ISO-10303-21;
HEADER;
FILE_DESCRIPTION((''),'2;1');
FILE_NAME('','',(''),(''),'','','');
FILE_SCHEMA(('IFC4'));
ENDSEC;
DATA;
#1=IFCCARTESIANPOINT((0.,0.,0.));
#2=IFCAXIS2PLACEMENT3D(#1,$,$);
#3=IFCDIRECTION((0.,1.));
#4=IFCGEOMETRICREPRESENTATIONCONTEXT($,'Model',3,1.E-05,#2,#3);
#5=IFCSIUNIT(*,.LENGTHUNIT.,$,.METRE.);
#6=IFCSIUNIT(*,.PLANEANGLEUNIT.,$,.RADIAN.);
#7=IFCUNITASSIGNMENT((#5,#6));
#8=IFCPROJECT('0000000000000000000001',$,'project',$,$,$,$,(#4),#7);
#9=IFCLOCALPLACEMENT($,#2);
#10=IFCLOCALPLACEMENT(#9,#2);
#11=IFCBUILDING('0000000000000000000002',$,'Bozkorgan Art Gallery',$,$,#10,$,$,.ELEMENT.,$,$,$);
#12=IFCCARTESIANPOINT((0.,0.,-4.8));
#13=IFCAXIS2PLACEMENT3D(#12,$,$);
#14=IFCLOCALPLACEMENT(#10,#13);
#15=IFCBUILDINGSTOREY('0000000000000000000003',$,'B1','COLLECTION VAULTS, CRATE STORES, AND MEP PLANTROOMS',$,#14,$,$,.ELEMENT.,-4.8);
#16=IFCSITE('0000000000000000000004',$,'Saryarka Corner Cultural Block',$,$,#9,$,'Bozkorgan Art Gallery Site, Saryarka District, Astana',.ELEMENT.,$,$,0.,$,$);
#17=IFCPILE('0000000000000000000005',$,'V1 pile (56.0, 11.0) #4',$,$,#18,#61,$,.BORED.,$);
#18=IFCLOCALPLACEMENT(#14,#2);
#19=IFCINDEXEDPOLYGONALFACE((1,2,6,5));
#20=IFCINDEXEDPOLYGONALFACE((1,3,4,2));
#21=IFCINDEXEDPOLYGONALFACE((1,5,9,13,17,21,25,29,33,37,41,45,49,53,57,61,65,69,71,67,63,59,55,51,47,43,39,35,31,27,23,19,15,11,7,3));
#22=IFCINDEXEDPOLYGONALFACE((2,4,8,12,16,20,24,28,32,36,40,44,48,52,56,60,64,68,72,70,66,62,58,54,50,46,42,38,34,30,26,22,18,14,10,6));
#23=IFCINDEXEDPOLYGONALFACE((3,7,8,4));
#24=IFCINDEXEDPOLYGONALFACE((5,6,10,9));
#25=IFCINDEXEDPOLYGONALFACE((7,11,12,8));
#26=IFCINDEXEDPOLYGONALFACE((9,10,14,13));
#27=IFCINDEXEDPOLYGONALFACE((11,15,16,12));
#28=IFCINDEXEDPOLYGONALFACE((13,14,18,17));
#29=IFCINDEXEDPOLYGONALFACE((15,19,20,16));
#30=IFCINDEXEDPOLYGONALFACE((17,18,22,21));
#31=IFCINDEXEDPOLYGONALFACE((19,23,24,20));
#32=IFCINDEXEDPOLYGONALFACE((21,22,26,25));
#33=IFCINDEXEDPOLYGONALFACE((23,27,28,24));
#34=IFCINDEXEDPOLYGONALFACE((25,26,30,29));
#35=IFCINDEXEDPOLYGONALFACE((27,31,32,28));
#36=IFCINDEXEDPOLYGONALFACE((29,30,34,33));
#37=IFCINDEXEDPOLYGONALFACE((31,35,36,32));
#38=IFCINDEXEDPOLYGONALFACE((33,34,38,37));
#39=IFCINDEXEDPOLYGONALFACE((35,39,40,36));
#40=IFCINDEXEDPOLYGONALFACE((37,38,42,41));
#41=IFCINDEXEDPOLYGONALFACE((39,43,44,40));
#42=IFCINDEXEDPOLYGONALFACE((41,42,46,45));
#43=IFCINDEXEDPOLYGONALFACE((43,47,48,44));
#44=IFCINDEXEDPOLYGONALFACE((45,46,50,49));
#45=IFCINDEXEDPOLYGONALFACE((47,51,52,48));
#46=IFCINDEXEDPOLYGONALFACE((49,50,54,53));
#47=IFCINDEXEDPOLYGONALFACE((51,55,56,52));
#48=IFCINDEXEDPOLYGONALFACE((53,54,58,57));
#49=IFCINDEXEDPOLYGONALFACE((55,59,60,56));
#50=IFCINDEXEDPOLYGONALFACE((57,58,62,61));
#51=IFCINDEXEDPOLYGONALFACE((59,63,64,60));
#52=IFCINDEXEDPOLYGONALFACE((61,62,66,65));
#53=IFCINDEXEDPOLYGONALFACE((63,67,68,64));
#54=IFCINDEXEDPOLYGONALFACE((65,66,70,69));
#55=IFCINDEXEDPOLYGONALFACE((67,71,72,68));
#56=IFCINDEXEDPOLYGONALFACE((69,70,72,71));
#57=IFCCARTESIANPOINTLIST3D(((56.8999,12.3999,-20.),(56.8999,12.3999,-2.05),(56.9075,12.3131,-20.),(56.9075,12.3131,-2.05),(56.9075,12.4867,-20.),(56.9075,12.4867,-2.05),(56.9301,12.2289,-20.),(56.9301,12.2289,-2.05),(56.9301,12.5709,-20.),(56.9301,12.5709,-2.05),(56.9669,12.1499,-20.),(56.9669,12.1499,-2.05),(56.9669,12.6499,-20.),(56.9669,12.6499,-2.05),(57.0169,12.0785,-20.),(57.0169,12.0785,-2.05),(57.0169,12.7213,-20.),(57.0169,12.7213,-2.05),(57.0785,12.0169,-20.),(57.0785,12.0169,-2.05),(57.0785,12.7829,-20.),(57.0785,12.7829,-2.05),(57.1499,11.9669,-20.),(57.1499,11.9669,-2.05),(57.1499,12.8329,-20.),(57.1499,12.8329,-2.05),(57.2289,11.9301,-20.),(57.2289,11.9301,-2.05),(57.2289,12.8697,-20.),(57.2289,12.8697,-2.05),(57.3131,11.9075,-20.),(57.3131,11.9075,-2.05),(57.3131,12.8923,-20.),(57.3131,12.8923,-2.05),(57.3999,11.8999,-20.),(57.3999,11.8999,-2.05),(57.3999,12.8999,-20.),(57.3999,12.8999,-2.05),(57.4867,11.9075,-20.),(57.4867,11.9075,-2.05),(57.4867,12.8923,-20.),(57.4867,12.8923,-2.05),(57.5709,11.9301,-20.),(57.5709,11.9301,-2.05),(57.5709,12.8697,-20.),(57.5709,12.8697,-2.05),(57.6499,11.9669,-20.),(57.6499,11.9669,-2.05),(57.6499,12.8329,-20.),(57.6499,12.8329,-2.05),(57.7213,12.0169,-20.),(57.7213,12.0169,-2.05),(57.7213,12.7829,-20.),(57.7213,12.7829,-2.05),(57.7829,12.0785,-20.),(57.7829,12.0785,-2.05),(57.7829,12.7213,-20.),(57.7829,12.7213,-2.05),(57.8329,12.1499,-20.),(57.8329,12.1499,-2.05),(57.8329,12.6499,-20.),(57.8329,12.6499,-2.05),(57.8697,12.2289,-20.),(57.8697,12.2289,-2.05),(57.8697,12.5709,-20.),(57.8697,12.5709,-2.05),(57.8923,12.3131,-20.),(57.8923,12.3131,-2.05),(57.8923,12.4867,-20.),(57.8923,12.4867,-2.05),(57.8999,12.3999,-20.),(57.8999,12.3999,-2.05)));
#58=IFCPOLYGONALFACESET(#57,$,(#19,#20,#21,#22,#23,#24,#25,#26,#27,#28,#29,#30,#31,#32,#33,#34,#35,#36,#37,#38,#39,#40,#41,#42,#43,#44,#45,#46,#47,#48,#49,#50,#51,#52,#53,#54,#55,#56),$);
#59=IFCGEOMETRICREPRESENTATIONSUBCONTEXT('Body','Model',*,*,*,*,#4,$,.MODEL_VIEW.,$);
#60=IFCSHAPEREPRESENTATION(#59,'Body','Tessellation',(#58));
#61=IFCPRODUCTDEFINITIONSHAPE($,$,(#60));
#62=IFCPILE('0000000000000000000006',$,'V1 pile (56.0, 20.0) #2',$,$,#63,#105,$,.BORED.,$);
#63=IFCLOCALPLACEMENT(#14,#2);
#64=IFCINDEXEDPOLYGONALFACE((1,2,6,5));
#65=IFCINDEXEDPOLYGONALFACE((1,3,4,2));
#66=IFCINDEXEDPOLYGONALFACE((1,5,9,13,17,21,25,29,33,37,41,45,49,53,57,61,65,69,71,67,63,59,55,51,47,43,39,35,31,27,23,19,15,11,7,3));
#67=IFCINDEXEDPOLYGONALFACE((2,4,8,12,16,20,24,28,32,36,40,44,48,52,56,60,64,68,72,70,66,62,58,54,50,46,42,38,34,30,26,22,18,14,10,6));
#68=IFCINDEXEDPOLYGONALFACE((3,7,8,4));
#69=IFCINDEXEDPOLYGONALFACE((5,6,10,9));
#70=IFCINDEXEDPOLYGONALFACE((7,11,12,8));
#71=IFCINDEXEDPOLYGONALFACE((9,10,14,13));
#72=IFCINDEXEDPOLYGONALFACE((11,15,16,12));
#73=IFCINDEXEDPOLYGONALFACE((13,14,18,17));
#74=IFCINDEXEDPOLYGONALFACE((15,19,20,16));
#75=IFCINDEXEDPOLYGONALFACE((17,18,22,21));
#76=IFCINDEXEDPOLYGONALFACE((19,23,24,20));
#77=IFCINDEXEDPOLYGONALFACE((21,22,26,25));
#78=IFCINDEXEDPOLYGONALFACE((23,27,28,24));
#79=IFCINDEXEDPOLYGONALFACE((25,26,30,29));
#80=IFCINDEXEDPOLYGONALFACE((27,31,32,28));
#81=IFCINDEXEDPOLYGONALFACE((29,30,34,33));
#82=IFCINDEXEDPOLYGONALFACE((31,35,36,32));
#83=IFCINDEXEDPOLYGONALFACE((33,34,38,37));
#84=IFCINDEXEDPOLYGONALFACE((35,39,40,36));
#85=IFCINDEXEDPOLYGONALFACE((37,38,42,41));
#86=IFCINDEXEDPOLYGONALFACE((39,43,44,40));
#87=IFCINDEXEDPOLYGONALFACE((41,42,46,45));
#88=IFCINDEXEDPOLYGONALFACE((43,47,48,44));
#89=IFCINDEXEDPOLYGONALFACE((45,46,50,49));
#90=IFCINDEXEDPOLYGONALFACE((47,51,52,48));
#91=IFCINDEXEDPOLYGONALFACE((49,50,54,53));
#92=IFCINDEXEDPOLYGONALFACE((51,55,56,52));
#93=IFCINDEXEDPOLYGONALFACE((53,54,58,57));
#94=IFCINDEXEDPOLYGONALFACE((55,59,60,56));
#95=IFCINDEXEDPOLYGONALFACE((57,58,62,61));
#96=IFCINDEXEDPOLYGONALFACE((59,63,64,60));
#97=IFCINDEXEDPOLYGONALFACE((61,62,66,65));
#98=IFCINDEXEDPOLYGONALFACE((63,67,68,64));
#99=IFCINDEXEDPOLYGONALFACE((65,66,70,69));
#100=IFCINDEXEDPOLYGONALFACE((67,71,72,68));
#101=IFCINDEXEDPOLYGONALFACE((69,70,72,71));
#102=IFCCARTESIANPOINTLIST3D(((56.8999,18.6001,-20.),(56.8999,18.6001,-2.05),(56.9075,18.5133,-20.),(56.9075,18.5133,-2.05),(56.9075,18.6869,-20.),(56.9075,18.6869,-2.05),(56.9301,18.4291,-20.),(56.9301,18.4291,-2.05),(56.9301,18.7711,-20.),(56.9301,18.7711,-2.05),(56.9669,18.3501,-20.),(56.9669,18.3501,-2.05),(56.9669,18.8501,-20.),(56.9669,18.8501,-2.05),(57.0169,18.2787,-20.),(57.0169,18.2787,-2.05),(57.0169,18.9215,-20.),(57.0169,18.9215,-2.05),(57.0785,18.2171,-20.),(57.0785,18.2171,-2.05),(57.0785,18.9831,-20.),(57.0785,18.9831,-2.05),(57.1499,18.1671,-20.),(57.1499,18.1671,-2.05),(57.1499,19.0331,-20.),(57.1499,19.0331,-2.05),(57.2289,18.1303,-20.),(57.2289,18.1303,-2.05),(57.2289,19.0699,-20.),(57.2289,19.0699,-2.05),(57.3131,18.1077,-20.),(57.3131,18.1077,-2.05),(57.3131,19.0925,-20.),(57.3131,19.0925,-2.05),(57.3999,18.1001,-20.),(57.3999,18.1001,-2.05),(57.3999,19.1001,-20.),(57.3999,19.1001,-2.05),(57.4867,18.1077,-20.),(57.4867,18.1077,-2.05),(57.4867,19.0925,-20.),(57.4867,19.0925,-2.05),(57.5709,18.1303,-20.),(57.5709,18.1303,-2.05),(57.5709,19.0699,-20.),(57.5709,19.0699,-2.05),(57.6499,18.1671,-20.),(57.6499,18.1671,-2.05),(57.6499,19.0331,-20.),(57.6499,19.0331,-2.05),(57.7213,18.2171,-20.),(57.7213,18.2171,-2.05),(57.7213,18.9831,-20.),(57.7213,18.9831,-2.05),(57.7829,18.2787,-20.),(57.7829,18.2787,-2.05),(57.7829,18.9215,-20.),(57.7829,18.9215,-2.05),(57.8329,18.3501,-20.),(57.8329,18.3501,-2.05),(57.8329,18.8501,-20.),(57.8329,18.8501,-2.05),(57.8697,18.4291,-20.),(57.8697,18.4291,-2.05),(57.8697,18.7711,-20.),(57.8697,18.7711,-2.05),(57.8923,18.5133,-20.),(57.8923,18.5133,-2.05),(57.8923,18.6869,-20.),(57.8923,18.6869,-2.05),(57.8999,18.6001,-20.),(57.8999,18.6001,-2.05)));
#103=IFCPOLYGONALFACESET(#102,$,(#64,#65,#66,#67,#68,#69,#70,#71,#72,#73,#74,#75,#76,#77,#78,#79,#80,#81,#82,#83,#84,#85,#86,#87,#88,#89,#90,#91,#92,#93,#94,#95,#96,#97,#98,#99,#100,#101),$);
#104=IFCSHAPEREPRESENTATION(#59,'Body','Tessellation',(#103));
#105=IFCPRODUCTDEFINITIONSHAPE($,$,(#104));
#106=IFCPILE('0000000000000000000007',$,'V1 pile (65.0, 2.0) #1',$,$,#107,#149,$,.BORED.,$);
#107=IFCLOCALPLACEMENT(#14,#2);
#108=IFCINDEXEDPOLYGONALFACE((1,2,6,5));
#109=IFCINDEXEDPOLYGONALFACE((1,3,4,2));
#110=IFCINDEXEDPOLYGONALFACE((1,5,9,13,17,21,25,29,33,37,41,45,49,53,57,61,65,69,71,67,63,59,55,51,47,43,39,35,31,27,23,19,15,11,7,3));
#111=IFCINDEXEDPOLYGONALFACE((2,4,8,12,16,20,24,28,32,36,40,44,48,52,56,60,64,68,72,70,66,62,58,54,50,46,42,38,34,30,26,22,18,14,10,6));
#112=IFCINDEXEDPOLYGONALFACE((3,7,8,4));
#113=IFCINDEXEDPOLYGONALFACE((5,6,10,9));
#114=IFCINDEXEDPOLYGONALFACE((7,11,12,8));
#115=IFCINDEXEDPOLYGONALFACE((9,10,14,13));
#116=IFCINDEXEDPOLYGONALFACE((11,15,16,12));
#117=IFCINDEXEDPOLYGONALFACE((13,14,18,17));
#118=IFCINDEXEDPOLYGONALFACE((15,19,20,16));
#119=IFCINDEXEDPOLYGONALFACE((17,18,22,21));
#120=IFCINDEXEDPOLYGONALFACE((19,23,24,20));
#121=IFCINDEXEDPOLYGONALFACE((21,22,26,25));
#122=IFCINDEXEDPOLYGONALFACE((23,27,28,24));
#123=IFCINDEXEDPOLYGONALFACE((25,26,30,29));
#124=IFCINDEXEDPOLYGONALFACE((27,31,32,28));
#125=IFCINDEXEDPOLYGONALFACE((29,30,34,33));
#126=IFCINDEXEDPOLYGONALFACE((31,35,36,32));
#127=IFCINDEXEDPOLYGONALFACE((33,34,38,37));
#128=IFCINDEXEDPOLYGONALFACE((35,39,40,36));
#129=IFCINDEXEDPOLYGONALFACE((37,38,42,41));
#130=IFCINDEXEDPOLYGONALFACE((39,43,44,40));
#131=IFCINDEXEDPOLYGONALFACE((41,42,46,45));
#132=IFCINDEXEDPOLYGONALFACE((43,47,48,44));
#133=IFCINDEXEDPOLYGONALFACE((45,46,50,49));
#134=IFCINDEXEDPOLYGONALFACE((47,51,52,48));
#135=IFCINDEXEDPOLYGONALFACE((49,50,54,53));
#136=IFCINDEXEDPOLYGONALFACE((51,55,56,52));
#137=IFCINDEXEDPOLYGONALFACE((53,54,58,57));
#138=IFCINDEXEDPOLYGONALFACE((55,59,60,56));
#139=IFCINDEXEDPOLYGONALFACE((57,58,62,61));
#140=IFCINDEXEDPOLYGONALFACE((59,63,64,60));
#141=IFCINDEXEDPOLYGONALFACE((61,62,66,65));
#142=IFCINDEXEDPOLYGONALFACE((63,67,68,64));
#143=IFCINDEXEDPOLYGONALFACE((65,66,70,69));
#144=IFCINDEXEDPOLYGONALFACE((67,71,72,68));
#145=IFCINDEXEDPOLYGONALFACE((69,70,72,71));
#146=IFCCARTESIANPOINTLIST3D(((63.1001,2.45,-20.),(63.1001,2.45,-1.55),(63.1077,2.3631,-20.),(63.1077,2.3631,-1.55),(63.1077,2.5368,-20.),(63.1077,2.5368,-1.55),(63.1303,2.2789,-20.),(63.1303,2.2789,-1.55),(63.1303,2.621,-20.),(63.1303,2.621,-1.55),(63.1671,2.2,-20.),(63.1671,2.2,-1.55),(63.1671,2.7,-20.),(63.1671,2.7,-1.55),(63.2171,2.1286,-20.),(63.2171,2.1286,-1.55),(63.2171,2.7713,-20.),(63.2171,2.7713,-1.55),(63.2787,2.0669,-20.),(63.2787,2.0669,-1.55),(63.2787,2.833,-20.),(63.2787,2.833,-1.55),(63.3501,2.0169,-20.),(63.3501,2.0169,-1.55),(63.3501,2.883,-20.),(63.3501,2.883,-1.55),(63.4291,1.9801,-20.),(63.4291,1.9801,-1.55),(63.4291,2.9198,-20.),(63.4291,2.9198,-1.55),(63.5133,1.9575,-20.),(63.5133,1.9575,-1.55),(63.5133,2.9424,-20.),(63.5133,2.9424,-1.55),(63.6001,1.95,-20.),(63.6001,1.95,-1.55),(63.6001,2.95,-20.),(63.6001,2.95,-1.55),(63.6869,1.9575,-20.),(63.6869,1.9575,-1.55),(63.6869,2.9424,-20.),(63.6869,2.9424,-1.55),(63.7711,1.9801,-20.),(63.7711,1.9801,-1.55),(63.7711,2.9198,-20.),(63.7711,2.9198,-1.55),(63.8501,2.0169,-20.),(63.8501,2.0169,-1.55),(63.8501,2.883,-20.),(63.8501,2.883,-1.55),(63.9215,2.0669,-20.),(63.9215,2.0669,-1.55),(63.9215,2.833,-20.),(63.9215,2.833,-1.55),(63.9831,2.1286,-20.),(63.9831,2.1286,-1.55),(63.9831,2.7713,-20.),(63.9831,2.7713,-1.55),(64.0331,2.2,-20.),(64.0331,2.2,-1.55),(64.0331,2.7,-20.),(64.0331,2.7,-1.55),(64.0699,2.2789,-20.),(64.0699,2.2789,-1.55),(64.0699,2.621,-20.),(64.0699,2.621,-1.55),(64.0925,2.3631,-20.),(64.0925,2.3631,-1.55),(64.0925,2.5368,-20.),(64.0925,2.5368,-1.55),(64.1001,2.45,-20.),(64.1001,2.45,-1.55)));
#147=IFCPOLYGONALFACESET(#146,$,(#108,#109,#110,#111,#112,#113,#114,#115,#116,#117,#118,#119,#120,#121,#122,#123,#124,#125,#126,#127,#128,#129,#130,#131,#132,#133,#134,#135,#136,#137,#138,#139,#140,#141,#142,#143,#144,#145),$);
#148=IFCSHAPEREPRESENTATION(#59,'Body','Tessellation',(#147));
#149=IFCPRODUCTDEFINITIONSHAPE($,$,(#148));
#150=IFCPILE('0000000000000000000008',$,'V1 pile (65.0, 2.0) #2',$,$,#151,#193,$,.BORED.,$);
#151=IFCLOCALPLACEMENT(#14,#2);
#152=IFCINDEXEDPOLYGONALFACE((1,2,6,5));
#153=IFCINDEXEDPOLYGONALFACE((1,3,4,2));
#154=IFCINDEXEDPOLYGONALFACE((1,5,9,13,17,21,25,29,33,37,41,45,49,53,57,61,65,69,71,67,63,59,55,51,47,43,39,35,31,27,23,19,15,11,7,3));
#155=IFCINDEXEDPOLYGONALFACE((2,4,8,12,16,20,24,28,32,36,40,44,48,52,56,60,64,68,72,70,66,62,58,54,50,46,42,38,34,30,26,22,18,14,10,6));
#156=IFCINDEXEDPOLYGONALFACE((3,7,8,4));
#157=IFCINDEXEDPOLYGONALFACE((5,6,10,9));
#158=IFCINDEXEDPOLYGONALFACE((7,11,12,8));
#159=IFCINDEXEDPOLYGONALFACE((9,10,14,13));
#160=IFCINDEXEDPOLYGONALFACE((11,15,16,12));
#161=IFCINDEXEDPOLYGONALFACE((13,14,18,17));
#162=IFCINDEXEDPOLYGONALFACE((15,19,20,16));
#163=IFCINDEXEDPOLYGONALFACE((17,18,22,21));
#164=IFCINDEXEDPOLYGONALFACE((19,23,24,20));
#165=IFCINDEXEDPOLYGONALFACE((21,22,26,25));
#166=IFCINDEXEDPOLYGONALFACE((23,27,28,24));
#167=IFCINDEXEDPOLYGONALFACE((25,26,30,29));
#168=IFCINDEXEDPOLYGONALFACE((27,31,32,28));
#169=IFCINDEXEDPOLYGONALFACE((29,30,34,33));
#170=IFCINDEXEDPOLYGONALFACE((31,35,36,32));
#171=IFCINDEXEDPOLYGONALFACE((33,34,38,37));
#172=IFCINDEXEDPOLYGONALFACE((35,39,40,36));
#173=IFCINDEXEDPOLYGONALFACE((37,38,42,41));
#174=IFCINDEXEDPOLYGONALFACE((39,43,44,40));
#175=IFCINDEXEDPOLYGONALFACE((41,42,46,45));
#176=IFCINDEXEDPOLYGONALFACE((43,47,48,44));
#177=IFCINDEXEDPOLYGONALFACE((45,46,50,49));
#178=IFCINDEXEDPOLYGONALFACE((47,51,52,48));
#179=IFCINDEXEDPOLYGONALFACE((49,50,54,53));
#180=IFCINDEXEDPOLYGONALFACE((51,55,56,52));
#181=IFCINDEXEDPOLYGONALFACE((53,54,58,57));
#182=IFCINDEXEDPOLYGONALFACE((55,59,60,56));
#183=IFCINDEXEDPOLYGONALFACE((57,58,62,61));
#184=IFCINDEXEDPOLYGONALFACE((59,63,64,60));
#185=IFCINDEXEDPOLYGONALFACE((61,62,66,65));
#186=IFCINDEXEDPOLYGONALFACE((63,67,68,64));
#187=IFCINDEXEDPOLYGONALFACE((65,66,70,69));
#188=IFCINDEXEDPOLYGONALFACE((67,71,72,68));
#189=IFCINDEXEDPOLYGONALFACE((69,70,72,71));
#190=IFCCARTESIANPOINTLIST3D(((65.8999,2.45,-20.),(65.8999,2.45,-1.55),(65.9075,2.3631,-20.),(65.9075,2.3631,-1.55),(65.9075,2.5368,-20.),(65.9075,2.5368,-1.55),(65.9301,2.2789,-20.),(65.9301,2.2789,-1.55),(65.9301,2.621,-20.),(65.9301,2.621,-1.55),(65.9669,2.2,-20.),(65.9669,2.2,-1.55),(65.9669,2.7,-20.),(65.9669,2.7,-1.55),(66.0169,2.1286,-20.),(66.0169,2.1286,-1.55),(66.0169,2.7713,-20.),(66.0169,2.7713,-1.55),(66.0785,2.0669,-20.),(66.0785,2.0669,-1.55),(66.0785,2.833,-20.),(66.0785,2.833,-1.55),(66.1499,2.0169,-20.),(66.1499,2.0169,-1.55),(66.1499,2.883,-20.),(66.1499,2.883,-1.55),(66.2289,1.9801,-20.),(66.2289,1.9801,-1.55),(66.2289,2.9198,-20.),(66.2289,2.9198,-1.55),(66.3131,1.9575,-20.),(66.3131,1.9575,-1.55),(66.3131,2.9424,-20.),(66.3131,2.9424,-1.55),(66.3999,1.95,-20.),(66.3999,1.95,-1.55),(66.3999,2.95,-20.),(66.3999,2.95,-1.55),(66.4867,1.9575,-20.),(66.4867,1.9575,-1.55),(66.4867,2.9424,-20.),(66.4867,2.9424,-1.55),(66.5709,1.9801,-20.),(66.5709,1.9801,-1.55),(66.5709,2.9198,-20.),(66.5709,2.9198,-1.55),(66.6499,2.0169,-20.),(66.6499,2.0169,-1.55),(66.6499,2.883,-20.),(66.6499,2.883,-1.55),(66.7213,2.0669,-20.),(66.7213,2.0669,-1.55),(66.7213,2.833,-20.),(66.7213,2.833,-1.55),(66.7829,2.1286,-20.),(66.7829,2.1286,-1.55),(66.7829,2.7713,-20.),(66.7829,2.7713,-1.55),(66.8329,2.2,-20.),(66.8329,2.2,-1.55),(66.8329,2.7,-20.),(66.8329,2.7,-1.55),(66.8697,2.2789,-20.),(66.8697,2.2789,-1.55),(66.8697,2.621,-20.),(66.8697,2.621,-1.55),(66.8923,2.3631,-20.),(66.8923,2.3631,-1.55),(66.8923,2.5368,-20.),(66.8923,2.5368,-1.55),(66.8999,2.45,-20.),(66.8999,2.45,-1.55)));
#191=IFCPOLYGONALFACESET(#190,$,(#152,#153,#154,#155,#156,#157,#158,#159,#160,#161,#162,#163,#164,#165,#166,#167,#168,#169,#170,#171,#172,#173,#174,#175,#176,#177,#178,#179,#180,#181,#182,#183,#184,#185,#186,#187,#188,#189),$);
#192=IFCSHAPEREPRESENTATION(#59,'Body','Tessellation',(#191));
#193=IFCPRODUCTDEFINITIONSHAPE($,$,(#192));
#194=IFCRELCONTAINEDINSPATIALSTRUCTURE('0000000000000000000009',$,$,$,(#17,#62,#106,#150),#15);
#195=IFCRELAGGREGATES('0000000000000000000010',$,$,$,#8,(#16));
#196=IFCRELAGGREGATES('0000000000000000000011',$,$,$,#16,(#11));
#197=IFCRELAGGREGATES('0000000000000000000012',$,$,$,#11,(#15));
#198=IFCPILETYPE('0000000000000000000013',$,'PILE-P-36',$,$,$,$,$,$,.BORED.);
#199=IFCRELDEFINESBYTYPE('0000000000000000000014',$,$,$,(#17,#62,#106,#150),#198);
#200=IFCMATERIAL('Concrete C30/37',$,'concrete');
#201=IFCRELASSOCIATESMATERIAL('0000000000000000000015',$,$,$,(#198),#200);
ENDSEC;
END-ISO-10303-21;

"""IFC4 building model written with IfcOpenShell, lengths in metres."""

from ifc_helpers import new_model, si_unit, direction, frame, origin, origin_2d, place, context, subcontext, project, spatial, circle, extrude, material, material_profile, profile_set, type_object, element, save


model = new_model("IFC4")

# Units and contexts
model_context = context("Model", 3, precision=1e-05, world=origin(), true_north=direction((0.0, 1.0)))
body_context = subcontext(model_context, "Body", "Model", "MODEL_VIEW")
ifc_project = project(units=[si_unit("LENGTHUNIT", "METRE"), si_unit("PLANEANGLEUNIT", "RADIAN")], contexts=[model_context])

# Site, building, storey
site_placement = place(None, origin())
site = spatial("IfcSite", under=ifc_project, at=site_placement, Name="Saryarka Corner Cultural Block", LongName="Bozkorgan Art Gallery Site, Saryarka District, Astana", CompositionType="ELEMENT", RefElevation=0.0)
building_placement = place(site_placement, origin())
building = spatial("IfcBuilding", under=site, at=building_placement, Name="Bozkorgan Art Gallery", CompositionType="ELEMENT")
storey_placement = place(building_placement, frame((0.0, 0.0, -4.8)))
storey = spatial("IfcBuildingStorey", under=building, at=storey_placement, Name="B1", Description="COLLECTION VAULTS, CRATE STORES, AND MEP PLANTROOMS", CompositionType="ELEMENT", Elevation=-4.8)

# Shared definitions
ifc_material_1 = material(Name="Concrete C30/37", Category="concrete")

# Piles
ifc_material_profile_1 = material_profile(ifc_material_1, circle(Radius=0.5, at=origin_2d()), Name="PILE D1000")
ifc_profile_set_1 = profile_set([ifc_material_profile_1], Name="Concrete C30/37")
pile_type = type_object("IfcPileType", Name="PILE-P-36", PredefinedType="BORED", material=ifc_profile_set_1)
for number, where, z_axis, x_axis, name in (
    (1, (57.3999, 12.3999, -2.05), (0.0, 0.0, -1.0), (1.0, 0.0, 0.0), "V1 pile (56.0, 11.0) #4"),
    (2, (57.3999, 18.6001, -2.05), (0.0, 0.0, -1.0), (1.0, 0.0, 0.0), "V1 pile (56.0, 20.0) #2"),
):
    element("IfcPile", number, at=place(storey_placement, frame(where, z_axis=z_axis, x_axis=x_axis)), inside=storey, type_object=pile_type, Name=name, PredefinedType="BORED", context=body_context, shape_type="SweptSolid", body=[
        extrude(circle(Radius=0.5, at=origin_2d()), origin(), (0.0, 0.0, 1.0), 17.95),
    ])
for number, where, z_axis, x_axis, name in (
    (3, (63.6001, 2.45, -1.55), (0.0, 0.0, -1.0), (1.0, 0.0, 0.0), "V1 pile (65.0, 2.0) #1"),
    (4, (66.3999, 2.45, -1.55), (0.0, 0.0, -1.0), (1.0, 0.0, 0.0), "V1 pile (65.0, 2.0) #2"),
):
    element("IfcPile", number, at=place(storey_placement, frame(where, z_axis=z_axis, x_axis=x_axis)), inside=storey, type_object=pile_type, Name=name, PredefinedType="BORED", context=body_context, shape_type="SweptSolid", body=[
        extrude(circle(Radius=0.5, at=origin_2d()), origin(), (0.0, 0.0, 1.0), 18.45),
    ])

save(model, "model.ifc")
